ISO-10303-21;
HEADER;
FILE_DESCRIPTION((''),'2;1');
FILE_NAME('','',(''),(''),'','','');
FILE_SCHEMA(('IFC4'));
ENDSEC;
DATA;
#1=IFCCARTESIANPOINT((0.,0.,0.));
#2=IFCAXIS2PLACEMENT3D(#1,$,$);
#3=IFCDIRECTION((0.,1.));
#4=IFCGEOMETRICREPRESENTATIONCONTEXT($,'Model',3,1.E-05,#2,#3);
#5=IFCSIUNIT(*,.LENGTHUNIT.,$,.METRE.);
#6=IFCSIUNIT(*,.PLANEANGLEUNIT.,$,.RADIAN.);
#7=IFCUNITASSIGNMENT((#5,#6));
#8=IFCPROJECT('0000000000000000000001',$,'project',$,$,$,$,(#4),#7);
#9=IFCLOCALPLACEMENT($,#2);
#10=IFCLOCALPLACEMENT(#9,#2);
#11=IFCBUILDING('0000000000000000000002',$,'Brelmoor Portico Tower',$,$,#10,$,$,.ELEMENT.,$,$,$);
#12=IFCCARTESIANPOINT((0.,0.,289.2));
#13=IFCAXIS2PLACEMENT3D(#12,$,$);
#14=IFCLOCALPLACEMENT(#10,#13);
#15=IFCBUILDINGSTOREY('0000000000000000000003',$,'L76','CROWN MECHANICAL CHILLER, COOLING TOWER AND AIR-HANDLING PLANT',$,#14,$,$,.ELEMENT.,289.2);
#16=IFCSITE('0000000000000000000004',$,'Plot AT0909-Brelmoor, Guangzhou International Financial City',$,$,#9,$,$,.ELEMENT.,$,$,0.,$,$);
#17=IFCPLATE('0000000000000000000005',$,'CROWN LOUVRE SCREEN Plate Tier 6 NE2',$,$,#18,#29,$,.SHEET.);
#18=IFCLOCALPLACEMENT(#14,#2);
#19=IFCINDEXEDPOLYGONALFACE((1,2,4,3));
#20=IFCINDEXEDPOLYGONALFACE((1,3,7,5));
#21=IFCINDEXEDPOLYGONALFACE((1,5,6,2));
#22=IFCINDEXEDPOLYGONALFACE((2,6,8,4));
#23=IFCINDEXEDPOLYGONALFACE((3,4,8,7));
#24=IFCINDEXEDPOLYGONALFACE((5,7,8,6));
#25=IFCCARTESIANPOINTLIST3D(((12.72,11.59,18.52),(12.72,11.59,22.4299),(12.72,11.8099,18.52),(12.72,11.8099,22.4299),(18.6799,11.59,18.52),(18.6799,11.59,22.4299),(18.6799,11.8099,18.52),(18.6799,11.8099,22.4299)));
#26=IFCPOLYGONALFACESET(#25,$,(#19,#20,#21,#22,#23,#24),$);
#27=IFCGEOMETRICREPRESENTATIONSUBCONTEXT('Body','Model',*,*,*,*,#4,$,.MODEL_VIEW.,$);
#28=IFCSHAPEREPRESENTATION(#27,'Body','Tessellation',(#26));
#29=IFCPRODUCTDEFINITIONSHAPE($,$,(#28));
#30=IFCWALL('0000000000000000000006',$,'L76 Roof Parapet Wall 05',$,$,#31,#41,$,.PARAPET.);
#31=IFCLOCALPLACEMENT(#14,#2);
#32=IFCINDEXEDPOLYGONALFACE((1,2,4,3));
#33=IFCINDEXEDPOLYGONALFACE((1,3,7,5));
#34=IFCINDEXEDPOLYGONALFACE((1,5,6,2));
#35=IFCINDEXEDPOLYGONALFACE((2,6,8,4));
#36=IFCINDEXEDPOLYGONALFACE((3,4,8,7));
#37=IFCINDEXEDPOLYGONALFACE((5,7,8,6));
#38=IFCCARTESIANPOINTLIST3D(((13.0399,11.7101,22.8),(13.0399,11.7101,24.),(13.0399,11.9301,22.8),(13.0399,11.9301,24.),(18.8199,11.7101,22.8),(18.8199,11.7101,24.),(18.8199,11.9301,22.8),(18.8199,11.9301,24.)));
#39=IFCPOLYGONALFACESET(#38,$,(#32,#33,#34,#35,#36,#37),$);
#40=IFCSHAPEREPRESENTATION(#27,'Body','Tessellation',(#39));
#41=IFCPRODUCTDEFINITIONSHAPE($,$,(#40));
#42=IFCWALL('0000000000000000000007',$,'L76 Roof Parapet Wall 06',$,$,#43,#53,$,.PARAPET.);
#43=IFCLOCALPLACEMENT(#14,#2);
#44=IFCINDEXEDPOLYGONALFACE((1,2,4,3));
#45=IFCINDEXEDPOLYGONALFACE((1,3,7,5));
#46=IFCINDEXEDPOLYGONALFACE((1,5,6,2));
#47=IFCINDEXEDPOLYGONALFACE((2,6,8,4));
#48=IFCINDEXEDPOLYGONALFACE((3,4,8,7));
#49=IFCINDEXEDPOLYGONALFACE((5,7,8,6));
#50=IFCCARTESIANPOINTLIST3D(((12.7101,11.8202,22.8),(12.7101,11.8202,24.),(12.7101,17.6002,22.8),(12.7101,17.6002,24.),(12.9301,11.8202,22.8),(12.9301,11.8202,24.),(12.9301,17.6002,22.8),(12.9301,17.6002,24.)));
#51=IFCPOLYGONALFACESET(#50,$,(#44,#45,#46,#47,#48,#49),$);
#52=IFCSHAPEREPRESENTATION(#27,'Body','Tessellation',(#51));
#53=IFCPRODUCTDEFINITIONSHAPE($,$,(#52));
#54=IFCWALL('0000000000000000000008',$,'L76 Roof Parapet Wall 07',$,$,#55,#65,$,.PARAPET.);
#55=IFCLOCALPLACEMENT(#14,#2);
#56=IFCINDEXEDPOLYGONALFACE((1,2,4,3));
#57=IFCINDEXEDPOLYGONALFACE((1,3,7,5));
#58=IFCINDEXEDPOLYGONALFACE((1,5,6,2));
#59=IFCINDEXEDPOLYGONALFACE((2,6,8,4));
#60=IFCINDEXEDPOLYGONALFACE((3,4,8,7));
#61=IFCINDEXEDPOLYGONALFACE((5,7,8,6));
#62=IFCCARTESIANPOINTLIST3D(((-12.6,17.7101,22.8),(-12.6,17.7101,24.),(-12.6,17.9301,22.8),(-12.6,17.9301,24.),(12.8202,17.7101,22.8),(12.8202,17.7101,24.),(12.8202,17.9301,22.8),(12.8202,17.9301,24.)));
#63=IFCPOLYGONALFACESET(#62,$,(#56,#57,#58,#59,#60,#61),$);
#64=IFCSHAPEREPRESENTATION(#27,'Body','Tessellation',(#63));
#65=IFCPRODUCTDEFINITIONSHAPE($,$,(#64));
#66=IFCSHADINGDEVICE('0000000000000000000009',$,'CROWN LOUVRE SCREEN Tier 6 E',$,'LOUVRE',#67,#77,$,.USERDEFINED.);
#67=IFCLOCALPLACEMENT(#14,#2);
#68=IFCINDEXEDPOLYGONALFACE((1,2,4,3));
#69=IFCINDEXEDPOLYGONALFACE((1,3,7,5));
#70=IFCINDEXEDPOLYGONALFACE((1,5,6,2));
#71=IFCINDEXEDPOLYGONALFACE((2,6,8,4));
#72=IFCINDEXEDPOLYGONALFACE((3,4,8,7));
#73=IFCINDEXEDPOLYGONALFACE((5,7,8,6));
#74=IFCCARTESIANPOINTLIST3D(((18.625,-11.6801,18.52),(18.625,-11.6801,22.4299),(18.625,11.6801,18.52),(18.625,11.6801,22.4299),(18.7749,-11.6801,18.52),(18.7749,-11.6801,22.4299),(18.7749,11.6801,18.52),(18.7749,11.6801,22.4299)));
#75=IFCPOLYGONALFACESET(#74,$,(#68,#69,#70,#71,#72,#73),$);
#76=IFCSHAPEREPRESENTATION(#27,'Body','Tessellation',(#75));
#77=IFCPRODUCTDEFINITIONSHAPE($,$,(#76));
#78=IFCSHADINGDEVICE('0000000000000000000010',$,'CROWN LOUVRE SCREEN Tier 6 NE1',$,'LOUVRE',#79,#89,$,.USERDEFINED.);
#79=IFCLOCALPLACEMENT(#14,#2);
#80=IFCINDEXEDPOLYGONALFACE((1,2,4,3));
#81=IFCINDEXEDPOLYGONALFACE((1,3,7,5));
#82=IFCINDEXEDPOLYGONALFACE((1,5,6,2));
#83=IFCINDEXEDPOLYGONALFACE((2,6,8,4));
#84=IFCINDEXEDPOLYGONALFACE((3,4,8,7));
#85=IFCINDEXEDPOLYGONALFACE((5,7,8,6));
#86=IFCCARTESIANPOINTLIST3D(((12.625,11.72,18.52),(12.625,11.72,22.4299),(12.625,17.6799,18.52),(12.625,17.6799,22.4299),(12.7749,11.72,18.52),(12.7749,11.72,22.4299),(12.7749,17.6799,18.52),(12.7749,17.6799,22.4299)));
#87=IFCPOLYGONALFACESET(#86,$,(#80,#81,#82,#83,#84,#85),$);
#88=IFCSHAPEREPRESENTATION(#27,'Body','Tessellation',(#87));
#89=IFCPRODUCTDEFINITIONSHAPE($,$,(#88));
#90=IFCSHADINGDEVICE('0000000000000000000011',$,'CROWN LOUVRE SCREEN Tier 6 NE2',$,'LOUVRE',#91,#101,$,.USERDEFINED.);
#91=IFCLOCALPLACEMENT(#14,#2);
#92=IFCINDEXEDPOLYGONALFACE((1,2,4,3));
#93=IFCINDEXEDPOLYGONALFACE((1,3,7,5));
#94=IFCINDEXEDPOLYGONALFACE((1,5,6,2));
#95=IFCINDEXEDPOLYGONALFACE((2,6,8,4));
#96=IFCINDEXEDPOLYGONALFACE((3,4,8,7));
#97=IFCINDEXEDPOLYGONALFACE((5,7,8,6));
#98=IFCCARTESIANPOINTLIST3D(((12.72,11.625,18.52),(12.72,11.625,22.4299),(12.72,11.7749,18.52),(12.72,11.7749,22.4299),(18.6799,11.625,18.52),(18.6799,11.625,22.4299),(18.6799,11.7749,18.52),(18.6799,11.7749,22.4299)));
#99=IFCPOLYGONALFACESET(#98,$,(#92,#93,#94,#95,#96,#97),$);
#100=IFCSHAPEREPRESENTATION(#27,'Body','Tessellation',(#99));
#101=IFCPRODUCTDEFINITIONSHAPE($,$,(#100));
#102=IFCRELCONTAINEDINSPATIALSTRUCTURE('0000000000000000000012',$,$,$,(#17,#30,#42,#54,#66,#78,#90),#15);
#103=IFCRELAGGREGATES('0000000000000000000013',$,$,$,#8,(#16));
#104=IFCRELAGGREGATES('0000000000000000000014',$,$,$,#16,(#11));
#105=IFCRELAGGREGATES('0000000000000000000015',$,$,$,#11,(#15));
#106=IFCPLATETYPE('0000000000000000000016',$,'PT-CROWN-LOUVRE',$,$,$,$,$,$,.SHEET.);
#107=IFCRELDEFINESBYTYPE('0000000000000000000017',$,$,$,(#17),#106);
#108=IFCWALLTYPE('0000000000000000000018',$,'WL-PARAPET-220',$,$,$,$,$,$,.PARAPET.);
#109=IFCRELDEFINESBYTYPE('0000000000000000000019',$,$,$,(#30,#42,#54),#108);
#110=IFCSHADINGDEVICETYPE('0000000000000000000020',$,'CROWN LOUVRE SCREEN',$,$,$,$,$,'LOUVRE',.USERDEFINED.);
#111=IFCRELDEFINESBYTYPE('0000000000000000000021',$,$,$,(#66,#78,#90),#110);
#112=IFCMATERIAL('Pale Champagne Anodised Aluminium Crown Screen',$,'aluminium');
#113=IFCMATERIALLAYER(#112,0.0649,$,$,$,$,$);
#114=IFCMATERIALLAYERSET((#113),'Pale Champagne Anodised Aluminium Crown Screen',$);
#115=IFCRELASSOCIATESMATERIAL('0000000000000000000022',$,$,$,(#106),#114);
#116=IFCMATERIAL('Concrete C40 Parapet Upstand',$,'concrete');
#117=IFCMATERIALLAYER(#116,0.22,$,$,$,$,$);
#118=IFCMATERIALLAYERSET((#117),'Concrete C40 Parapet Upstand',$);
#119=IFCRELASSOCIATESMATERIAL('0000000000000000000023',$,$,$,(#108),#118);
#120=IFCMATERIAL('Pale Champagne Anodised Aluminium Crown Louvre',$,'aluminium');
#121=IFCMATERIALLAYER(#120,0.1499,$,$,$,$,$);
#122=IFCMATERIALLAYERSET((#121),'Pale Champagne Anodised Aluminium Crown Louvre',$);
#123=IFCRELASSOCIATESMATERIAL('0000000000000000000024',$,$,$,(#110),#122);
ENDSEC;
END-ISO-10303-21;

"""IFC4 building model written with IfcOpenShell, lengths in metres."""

from ifc_helpers import new_model, si_unit, direction, frame, frame_2d, origin, origin_2d, place, context, subcontext, project, spatial, rectangle, extrude, material, layer, layer_set, type_object, element, save


model = new_model("IFC4")

# Units and contexts
model_context = context("Model", 3, precision=1e-05, world=origin(), true_north=direction((0.0, 1.0)))
body_context = subcontext(model_context, "Body", "Model", "MODEL_VIEW")
ifc_project = project(units=[si_unit("LENGTHUNIT", "METRE"), si_unit("PLANEANGLEUNIT", "RADIAN")], contexts=[model_context])

# Site, building, storey
site_placement = place(None, origin())
site = spatial("IfcSite", under=ifc_project, at=site_placement, Name="Plot AT0909-Brelmoor, Guangzhou International Financial City", CompositionType="ELEMENT", RefElevation=0.0)
building_placement = place(site_placement, origin())
building = spatial("IfcBuilding", under=site, at=building_placement, Name="Brelmoor Portico Tower", CompositionType="ELEMENT")
storey_placement = place(building_placement, frame((0.0, 0.0, 289.2)))
storey = spatial("IfcBuildingStorey", under=building, at=storey_placement, Name="L76", Description="CROWN MECHANICAL CHILLER, COOLING TOWER AND AIR-HANDLING PLANT", CompositionType="ELEMENT", Elevation=289.2)

# Plate
ifc_material_1 = material(Name="Pale Champagne Anodised Aluminium Crown Screen", Category="aluminium")
ifc_layer_1 = layer(ifc_material_1, 0.0649)
ifc_layer_set_1 = layer_set([ifc_layer_1], Name="Pale Champagne Anodised Aluminium Crown Screen")
plate_type_1 = type_object("IfcPlateType", Name="PT-CROWN-LOUVRE", PredefinedType="SHEET", material=ifc_layer_set_1)
for number, where, z_axis, x_axis, name in (
    (1, (15.7, 11.7, 18.52), (0.0, 0.0, 1.0), (1.0, 0.0, 0.0), "CROWN LOUVRE SCREEN Plate Tier 6 NE2"),
):
    element("IfcPlate", number, at=place(storey_placement, frame(where, z_axis=z_axis, x_axis=x_axis)), inside=storey, type_object=plate_type_1, Name=name, PredefinedType="SHEET", context=body_context, shape_type="SweptSolid", body=[
        extrude(rectangle(XDim=5.96, YDim=0.22, at=origin_2d()), origin(), (0.0, 0.0, 1.0), 3.9099),
    ])

# Walls
ifc_material_2 = material(Name="Concrete C40 Parapet Upstand", Category="concrete")
ifc_layer_2 = layer(ifc_material_2, 0.22)
ifc_layer_set_2 = layer_set([ifc_layer_2], Name="Concrete C40 Parapet Upstand")
wall_type = type_object("IfcWallType", Name="WL-PARAPET-220", PredefinedType="PARAPET", material=ifc_layer_set_2)
for number, where, z_axis, x_axis, name in (
    (2, (18.8201, 11.8201, 22.8), (0.0, 0.0, 1.0), (-1.0, 0.0, 0.0), "L76 Roof Parapet Wall 05"),
    (3, (12.8201, 11.8201, 22.8), (0.0, 0.0, 1.0), (0.0, 1.0, 0.0), "L76 Roof Parapet Wall 06"),
):
    element("IfcWall", number, at=place(storey_placement, frame(where, z_axis=z_axis, x_axis=x_axis)), inside=storey, type_object=wall_type, Name=name, PredefinedType="PARAPET", context=body_context, shape_type="SweptSolid", body=[
        extrude(rectangle(XDim=5.78, YDim=0.22, at=frame_2d((2.8901, 0.0))), origin(), (0.0, 0.0, 1.0), 1.2),
    ])
wall_placement = place(storey_placement, frame((12.8201, 17.8201, 22.8), z_axis=(0.0, 0.0, 1.0), x_axis=(-1.0, 0.0, 0.0)))
element("IfcWall", 4, at=wall_placement, inside=storey, type_object=wall_type, Name="L76 Roof Parapet Wall 07", PredefinedType="PARAPET", context=body_context, shape_type="SweptSolid", body=[
    extrude(rectangle(XDim=25.4202, YDim=0.22, at=frame_2d((12.71, 0.0))), origin(), (0.0, 0.0, 1.0), 1.2),
])

# Shading devices
ifc_material_3 = material(Name="Pale Champagne Anodised Aluminium Crown Louvre", Category="aluminium")
ifc_layer_3 = layer(ifc_material_3, 0.1499)
ifc_layer_set_3 = layer_set([ifc_layer_3], Name="Pale Champagne Anodised Aluminium Crown Louvre")
shading_device_type = type_object("IfcShadingDeviceType", Name="CROWN LOUVRE SCREEN", ElementType="LOUVRE", PredefinedType="USERDEFINED", material=ifc_layer_set_3)
shading_device_placement = place(storey_placement, frame((18.7, 0.0, 18.52), z_axis=(0.0, 0.0, 1.0), x_axis=(0.0, 1.0, 0.0)))
element("IfcShadingDevice", 5, at=shading_device_placement, inside=storey, type_object=shading_device_type, Name="CROWN LOUVRE SCREEN Tier 6 E", ObjectType="LOUVRE", PredefinedType="USERDEFINED", context=body_context, shape_type="SweptSolid", body=[
    extrude(rectangle(XDim=23.3601, YDim=0.1499, at=origin_2d()), origin(), (0.0, 0.0, 1.0), 3.9099),
])
for number, where, z_axis, x_axis, name in (
    (6, (12.7, 14.7, 18.52), (0.0, 0.0, 1.0), (0.0, 1.0, 0.0), "CROWN LOUVRE SCREEN Tier 6 NE1"),
    (7, (15.7, 11.7, 18.52), (0.0, 0.0, 1.0), (1.0, 0.0, 0.0), "CROWN LOUVRE SCREEN Tier 6 NE2"),
):
    element("IfcShadingDevice", number, at=place(storey_placement, frame(where, z_axis=z_axis, x_axis=x_axis)), inside=storey, type_object=shading_device_type, Name=name, ObjectType="LOUVRE", PredefinedType="USERDEFINED", context=body_context, shape_type="SweptSolid", body=[
        extrude(rectangle(XDim=5.96, YDim=0.1499, at=origin_2d()), origin(), (0.0, 0.0, 1.0), 3.9099),
    ])

save(model, "model.ifc")
